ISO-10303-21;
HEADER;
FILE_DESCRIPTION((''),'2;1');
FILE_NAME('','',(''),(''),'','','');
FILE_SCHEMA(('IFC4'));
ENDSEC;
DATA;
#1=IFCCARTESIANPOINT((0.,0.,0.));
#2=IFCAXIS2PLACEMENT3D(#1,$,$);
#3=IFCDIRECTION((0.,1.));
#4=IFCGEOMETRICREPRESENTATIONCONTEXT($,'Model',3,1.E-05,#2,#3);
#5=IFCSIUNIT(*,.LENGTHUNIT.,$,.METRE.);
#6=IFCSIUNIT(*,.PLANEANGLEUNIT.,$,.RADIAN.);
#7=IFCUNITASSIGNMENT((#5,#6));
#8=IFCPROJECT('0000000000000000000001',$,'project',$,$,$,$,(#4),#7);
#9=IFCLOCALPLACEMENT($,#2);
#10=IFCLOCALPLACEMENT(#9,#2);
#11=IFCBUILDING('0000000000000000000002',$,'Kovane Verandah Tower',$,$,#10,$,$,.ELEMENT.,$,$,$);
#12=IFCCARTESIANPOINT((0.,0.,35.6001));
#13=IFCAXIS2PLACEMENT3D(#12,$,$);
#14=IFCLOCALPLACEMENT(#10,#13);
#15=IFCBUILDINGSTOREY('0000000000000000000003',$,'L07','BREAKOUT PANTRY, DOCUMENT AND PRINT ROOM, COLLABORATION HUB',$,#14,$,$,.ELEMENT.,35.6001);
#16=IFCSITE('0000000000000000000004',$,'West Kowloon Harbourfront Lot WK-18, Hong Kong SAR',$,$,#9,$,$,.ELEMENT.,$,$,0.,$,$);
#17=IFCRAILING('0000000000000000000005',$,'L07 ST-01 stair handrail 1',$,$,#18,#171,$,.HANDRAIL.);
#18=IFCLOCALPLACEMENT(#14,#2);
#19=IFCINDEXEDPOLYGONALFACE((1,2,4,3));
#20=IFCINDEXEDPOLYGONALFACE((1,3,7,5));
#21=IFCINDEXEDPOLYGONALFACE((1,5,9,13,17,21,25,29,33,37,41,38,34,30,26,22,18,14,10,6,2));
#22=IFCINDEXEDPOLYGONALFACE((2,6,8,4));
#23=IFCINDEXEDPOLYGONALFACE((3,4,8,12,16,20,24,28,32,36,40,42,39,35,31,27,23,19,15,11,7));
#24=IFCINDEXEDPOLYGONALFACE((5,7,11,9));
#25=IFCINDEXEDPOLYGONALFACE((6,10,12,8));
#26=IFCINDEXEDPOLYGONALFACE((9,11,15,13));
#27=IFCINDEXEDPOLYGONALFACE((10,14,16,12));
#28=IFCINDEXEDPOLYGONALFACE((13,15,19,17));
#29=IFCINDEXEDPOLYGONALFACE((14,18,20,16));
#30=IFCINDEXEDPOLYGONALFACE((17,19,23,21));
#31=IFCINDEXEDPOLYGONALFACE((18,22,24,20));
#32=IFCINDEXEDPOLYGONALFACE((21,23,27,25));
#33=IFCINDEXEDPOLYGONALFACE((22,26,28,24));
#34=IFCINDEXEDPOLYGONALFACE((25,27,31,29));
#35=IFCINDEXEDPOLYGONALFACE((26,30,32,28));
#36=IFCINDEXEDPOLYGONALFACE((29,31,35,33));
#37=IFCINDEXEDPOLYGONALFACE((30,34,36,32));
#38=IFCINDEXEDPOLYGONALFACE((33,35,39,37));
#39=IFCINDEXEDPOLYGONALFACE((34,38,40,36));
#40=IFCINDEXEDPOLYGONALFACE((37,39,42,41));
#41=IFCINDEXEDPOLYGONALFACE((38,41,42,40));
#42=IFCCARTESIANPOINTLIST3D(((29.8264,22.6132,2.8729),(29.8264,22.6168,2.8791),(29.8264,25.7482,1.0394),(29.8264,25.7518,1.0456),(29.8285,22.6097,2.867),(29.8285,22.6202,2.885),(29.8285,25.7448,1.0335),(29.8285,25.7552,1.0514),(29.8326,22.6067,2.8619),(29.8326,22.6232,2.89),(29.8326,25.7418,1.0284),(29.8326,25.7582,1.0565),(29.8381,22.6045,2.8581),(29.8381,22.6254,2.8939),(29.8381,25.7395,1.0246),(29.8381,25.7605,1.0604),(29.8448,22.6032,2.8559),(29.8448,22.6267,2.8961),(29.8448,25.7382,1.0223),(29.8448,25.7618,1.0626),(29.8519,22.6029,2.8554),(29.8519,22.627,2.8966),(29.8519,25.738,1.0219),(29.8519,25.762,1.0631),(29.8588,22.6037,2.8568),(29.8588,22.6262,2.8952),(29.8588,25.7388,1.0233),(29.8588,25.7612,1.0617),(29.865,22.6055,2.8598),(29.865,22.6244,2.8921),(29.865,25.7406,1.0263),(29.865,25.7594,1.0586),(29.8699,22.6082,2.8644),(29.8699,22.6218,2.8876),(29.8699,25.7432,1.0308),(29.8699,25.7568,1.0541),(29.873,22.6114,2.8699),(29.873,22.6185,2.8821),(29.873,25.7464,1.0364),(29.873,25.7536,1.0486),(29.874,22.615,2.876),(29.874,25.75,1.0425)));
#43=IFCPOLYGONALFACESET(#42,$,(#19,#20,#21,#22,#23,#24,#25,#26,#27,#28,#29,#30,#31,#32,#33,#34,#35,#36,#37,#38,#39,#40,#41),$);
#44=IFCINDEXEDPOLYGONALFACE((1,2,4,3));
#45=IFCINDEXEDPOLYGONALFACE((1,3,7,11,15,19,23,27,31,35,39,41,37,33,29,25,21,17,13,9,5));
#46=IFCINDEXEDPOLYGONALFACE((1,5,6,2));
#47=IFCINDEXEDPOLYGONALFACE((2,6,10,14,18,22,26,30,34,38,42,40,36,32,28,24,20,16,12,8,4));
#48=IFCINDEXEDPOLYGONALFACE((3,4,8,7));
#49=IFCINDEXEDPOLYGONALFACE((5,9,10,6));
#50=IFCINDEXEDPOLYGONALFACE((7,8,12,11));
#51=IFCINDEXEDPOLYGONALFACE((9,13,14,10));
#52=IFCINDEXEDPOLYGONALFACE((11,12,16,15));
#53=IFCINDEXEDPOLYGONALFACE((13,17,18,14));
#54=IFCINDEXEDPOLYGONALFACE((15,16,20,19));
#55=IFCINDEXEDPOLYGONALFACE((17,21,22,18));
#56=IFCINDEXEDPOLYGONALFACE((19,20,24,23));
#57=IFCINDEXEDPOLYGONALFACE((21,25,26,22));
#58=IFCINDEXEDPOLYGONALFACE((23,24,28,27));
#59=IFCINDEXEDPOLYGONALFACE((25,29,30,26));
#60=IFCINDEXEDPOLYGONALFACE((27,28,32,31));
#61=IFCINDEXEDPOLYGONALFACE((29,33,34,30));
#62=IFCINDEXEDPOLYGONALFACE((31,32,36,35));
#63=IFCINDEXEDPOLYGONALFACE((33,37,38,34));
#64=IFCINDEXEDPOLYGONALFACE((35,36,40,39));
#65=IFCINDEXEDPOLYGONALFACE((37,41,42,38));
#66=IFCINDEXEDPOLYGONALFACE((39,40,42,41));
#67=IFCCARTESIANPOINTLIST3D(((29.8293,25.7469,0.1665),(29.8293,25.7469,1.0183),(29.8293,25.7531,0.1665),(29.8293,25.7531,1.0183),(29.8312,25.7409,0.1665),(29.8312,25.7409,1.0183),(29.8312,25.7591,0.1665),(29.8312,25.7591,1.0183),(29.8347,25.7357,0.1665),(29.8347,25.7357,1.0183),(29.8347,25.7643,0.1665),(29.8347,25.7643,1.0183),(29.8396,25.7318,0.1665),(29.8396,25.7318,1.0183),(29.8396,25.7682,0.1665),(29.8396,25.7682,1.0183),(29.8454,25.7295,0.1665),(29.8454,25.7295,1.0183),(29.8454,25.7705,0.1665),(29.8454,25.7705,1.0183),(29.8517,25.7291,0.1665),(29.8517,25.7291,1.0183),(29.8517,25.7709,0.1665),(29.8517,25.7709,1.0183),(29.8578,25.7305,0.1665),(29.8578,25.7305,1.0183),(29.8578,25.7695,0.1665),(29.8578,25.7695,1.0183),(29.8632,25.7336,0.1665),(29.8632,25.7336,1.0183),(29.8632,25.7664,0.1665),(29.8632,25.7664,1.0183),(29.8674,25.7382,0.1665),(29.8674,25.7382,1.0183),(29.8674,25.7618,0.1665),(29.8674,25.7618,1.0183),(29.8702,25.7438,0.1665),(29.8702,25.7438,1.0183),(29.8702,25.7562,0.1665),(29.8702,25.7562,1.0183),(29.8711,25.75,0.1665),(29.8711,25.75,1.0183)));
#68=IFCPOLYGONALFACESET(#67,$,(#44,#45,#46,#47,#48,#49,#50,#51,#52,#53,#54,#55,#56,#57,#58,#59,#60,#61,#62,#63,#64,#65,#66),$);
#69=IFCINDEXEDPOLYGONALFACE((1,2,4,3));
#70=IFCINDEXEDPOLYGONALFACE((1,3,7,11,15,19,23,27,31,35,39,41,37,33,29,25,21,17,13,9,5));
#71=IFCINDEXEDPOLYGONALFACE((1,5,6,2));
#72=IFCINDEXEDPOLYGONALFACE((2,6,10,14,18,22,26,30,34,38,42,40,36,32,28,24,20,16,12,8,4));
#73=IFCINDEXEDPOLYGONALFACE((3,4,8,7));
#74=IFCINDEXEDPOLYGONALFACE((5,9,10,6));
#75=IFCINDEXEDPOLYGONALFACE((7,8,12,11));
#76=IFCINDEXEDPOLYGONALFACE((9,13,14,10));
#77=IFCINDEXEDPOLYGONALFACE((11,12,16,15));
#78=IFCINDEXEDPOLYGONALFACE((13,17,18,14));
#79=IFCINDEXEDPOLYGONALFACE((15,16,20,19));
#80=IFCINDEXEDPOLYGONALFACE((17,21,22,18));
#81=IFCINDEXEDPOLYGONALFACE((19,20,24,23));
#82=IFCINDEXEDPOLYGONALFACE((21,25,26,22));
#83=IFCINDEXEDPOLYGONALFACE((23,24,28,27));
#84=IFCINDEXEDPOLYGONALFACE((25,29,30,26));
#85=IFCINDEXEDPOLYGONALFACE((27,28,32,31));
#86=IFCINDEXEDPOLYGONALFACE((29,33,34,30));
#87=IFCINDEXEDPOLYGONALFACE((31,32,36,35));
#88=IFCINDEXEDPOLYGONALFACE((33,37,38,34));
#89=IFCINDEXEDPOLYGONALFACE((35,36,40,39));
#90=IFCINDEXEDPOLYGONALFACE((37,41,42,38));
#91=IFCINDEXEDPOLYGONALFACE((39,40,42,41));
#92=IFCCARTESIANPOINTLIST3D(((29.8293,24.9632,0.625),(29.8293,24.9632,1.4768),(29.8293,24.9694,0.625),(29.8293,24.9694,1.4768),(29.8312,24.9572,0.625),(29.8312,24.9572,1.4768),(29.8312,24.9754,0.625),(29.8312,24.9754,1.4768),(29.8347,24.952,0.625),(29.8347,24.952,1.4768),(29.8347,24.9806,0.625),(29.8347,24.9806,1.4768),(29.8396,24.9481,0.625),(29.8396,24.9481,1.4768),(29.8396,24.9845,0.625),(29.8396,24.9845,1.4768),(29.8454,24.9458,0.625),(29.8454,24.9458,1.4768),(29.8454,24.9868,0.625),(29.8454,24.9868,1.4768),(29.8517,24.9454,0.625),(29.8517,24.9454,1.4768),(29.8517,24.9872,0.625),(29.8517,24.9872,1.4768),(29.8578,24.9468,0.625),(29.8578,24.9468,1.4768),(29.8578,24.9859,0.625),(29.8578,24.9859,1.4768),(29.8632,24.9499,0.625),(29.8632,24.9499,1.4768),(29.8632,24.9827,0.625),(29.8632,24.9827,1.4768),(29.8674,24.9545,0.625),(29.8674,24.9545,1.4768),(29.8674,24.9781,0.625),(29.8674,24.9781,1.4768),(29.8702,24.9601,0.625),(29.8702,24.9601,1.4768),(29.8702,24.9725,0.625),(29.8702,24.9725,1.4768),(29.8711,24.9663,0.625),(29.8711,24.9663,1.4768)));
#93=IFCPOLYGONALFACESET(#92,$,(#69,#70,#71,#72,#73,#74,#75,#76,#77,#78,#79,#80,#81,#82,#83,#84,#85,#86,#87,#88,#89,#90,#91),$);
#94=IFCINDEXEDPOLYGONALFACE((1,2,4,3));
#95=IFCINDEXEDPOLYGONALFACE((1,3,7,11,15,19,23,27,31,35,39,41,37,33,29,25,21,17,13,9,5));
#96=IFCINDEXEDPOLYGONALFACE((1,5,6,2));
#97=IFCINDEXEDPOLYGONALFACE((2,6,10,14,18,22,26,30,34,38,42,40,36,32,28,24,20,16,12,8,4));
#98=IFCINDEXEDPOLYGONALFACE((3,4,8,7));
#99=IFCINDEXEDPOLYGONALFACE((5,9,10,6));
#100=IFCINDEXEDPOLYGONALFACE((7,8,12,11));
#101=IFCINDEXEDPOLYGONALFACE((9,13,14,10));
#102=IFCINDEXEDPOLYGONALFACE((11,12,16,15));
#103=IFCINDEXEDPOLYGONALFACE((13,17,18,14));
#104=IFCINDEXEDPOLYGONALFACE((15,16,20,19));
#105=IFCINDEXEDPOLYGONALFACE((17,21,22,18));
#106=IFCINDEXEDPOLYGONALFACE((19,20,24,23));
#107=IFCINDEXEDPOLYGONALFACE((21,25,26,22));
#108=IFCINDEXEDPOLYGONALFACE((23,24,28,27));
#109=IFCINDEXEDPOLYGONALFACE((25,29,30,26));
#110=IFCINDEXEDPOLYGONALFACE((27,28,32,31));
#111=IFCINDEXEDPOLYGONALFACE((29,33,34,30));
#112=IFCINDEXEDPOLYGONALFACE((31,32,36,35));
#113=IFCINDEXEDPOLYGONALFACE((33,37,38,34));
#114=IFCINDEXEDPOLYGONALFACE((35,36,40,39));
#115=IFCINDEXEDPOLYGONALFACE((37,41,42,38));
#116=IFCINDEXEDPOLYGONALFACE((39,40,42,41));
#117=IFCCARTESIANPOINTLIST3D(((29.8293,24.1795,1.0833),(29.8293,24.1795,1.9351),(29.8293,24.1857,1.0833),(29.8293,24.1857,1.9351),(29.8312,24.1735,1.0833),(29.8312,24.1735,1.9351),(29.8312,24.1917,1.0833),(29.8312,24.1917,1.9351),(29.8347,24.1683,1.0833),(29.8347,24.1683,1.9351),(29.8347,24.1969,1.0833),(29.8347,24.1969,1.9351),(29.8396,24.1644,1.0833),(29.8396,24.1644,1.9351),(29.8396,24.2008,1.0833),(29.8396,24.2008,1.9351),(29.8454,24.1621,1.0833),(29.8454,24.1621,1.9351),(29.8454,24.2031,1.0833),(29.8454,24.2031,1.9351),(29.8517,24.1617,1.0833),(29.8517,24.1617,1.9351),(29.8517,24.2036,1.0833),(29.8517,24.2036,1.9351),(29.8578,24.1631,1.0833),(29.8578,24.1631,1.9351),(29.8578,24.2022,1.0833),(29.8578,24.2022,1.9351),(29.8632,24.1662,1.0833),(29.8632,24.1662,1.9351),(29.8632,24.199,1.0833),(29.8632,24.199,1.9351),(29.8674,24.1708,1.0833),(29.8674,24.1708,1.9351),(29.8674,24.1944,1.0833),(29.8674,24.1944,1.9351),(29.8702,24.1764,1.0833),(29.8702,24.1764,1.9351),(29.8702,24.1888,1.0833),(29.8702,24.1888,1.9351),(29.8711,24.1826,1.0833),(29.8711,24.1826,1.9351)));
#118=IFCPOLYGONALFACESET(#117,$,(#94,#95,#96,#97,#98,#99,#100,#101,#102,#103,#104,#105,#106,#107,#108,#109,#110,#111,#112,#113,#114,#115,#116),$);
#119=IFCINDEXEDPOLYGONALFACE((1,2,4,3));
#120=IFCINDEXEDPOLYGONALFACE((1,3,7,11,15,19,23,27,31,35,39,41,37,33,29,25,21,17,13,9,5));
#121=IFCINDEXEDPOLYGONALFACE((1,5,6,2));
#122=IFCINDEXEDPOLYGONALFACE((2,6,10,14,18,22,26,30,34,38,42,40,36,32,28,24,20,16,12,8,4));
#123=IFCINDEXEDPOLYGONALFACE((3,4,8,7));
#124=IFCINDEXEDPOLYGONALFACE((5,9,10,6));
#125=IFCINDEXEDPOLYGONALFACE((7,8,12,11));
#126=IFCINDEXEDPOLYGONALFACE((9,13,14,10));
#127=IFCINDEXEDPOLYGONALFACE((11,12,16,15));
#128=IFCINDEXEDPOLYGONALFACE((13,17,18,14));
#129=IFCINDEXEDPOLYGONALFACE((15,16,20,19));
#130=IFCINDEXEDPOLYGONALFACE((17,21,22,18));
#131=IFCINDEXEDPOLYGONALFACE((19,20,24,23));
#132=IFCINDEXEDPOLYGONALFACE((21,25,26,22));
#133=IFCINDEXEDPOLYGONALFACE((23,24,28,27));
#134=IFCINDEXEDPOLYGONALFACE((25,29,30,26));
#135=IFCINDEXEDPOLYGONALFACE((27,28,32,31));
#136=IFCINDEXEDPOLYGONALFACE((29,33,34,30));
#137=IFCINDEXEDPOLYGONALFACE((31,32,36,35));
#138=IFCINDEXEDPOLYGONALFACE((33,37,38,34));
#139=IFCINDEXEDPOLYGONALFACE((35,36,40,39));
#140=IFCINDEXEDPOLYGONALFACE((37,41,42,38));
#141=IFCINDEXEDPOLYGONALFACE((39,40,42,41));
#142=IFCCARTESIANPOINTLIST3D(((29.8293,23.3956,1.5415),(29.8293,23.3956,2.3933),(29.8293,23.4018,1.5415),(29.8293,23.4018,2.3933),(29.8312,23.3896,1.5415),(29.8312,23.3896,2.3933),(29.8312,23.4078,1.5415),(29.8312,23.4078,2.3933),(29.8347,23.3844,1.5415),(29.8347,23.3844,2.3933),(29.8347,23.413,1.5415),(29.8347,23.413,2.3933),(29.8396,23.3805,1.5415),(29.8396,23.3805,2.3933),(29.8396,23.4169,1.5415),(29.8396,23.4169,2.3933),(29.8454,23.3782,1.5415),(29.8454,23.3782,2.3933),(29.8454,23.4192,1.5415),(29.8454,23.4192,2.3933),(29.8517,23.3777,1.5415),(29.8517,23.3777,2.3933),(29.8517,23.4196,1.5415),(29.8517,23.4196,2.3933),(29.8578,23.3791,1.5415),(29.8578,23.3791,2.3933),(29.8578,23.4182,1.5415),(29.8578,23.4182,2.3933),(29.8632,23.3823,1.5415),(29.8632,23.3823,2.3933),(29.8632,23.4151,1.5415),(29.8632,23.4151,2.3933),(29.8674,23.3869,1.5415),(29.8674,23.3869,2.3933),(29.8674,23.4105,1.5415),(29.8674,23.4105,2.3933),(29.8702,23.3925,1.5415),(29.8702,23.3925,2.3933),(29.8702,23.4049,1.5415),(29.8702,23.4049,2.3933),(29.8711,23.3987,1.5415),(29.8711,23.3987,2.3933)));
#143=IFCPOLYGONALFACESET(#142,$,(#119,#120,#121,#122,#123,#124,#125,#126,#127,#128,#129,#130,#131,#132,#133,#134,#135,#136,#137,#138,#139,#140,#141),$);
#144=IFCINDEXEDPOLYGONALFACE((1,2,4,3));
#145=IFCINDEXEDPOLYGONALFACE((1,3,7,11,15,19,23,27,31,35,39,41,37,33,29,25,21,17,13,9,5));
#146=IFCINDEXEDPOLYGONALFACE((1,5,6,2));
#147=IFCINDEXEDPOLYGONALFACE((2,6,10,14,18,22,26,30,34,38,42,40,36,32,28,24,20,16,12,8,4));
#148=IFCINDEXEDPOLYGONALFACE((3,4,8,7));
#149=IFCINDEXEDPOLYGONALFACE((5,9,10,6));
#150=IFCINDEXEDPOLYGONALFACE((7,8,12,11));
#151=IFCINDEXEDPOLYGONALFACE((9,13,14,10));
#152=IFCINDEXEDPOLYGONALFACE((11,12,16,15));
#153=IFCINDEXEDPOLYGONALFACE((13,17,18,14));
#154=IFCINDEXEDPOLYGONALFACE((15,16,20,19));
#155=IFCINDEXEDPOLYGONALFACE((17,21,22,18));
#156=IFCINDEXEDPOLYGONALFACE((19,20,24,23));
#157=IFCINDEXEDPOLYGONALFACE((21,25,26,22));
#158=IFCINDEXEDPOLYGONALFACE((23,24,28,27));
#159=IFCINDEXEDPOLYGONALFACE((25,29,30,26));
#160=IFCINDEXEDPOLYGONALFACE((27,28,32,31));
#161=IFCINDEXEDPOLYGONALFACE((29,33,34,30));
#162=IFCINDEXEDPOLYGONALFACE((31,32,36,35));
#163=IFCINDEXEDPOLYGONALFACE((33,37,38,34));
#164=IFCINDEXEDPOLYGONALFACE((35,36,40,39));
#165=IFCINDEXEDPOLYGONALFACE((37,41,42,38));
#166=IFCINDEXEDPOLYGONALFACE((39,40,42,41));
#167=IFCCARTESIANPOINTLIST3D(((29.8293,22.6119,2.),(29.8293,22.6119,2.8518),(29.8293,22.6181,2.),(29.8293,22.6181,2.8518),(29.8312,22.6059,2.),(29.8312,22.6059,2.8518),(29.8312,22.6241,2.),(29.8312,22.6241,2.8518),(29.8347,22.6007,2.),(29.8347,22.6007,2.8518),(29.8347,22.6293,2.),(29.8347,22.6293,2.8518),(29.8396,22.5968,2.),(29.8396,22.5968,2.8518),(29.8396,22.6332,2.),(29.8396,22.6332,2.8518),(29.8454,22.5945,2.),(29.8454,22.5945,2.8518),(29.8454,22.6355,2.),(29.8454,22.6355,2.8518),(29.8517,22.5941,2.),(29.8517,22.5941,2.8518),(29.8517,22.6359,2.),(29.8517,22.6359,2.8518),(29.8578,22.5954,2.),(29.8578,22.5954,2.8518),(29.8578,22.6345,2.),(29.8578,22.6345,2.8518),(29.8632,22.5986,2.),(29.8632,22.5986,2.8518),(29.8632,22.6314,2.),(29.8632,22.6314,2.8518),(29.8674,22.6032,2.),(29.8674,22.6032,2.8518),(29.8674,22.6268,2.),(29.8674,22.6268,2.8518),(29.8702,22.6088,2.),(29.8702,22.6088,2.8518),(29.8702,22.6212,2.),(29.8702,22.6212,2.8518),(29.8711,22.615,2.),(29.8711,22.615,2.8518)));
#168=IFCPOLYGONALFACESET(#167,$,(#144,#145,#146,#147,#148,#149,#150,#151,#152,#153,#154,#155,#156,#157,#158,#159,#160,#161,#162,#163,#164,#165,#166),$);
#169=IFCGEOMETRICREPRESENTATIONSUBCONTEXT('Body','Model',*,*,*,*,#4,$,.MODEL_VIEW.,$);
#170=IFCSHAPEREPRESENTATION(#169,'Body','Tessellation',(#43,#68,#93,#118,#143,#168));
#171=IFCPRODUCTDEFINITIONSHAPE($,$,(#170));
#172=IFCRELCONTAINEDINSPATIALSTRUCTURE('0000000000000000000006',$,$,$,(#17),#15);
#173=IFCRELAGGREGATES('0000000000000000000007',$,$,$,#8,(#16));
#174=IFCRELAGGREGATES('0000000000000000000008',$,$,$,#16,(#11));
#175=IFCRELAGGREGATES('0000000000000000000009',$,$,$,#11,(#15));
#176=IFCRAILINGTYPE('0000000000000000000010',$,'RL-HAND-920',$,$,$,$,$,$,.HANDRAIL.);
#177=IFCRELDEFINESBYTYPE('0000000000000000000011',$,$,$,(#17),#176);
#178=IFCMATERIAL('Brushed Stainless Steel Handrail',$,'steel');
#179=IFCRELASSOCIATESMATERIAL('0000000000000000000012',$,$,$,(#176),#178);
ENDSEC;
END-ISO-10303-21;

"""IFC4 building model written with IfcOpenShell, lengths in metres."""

from ifc_helpers import new_model, si_unit, direction, frame, origin, origin_2d, place, context, subcontext, project, spatial, circle, extrude, material, type_object, element, save


model = new_model("IFC4")

# Units and contexts
model_context = context("Model", 3, precision=1e-05, world=origin(), true_north=direction((0.0, 1.0)))
body_context = subcontext(model_context, "Body", "Model", "MODEL_VIEW")
ifc_project = project(units=[si_unit("LENGTHUNIT", "METRE"), si_unit("PLANEANGLEUNIT", "RADIAN")], contexts=[model_context])

# Site, building, storey
site_placement = place(None, origin())
site = spatial("IfcSite", under=ifc_project, at=site_placement, Name="West Kowloon Harbourfront Lot WK-18, Hong Kong SAR", CompositionType="ELEMENT", RefElevation=0.0)
building_placement = place(site_placement, origin())
building = spatial("IfcBuilding", under=site, at=building_placement, Name="Kovane Verandah Tower", CompositionType="ELEMENT")
storey_placement = place(building_placement, frame((0.0, 0.0, 35.6001)))
storey = spatial("IfcBuildingStorey", under=building, at=storey_placement, Name="L07", Description="BREAKOUT PANTRY, DOCUMENT AND PRINT ROOM, COLLABORATION HUB", CompositionType="ELEMENT", Elevation=35.6001)

# Railing
ifc_material_1 = material(Name="Brushed Stainless Steel Handrail", Category="steel")
railing_type_1 = type_object("IfcRailingType", Name="RL-HAND-920", PredefinedType="HANDRAIL", material=ifc_material_1)
railing_1_placement = place(storey_placement, frame((29.8501, 25.75, 0.1665)))
element("IfcRailing", 1, at=railing_1_placement, inside=storey, type_object=railing_type_1, Name="L07 ST-01 stair handrail 1", PredefinedType="HANDRAIL", context=body_context, shape_type="SweptSolid", body=[
    extrude(circle(Radius=0.0239, at=origin_2d()), frame((0.0, 0.0, 0.876), z_axis=(0.0, -0.86321, 0.504845), x_axis=(1.0, 0.0, 0.0)), (0.0, 0.0, 1.0), 3.6318),
    extrude(circle(Radius=0.021, at=origin_2d()), origin(), (0.0, 0.0, 1.0), 0.8518),
    extrude(circle(Radius=0.021, at=origin_2d()), frame((0.0, -0.7837, 0.4585)), (0.0, 0.0, 1.0), 0.8518),
    extrude(circle(Radius=0.021, at=origin_2d()), frame((0.0, -1.5674, 0.9167)), (0.0, 0.0, 1.0), 0.8518),
    extrude(circle(Radius=0.021, at=origin_2d()), frame((0.0, -2.3513, 1.375)), (0.0, 0.0, 1.0), 0.8518),
    extrude(circle(Radius=0.021, at=origin_2d()), frame((0.0, -3.135, 1.8335)), (0.0, 0.0, 1.0), 0.8518),
])

save(model, "model.ifc")
